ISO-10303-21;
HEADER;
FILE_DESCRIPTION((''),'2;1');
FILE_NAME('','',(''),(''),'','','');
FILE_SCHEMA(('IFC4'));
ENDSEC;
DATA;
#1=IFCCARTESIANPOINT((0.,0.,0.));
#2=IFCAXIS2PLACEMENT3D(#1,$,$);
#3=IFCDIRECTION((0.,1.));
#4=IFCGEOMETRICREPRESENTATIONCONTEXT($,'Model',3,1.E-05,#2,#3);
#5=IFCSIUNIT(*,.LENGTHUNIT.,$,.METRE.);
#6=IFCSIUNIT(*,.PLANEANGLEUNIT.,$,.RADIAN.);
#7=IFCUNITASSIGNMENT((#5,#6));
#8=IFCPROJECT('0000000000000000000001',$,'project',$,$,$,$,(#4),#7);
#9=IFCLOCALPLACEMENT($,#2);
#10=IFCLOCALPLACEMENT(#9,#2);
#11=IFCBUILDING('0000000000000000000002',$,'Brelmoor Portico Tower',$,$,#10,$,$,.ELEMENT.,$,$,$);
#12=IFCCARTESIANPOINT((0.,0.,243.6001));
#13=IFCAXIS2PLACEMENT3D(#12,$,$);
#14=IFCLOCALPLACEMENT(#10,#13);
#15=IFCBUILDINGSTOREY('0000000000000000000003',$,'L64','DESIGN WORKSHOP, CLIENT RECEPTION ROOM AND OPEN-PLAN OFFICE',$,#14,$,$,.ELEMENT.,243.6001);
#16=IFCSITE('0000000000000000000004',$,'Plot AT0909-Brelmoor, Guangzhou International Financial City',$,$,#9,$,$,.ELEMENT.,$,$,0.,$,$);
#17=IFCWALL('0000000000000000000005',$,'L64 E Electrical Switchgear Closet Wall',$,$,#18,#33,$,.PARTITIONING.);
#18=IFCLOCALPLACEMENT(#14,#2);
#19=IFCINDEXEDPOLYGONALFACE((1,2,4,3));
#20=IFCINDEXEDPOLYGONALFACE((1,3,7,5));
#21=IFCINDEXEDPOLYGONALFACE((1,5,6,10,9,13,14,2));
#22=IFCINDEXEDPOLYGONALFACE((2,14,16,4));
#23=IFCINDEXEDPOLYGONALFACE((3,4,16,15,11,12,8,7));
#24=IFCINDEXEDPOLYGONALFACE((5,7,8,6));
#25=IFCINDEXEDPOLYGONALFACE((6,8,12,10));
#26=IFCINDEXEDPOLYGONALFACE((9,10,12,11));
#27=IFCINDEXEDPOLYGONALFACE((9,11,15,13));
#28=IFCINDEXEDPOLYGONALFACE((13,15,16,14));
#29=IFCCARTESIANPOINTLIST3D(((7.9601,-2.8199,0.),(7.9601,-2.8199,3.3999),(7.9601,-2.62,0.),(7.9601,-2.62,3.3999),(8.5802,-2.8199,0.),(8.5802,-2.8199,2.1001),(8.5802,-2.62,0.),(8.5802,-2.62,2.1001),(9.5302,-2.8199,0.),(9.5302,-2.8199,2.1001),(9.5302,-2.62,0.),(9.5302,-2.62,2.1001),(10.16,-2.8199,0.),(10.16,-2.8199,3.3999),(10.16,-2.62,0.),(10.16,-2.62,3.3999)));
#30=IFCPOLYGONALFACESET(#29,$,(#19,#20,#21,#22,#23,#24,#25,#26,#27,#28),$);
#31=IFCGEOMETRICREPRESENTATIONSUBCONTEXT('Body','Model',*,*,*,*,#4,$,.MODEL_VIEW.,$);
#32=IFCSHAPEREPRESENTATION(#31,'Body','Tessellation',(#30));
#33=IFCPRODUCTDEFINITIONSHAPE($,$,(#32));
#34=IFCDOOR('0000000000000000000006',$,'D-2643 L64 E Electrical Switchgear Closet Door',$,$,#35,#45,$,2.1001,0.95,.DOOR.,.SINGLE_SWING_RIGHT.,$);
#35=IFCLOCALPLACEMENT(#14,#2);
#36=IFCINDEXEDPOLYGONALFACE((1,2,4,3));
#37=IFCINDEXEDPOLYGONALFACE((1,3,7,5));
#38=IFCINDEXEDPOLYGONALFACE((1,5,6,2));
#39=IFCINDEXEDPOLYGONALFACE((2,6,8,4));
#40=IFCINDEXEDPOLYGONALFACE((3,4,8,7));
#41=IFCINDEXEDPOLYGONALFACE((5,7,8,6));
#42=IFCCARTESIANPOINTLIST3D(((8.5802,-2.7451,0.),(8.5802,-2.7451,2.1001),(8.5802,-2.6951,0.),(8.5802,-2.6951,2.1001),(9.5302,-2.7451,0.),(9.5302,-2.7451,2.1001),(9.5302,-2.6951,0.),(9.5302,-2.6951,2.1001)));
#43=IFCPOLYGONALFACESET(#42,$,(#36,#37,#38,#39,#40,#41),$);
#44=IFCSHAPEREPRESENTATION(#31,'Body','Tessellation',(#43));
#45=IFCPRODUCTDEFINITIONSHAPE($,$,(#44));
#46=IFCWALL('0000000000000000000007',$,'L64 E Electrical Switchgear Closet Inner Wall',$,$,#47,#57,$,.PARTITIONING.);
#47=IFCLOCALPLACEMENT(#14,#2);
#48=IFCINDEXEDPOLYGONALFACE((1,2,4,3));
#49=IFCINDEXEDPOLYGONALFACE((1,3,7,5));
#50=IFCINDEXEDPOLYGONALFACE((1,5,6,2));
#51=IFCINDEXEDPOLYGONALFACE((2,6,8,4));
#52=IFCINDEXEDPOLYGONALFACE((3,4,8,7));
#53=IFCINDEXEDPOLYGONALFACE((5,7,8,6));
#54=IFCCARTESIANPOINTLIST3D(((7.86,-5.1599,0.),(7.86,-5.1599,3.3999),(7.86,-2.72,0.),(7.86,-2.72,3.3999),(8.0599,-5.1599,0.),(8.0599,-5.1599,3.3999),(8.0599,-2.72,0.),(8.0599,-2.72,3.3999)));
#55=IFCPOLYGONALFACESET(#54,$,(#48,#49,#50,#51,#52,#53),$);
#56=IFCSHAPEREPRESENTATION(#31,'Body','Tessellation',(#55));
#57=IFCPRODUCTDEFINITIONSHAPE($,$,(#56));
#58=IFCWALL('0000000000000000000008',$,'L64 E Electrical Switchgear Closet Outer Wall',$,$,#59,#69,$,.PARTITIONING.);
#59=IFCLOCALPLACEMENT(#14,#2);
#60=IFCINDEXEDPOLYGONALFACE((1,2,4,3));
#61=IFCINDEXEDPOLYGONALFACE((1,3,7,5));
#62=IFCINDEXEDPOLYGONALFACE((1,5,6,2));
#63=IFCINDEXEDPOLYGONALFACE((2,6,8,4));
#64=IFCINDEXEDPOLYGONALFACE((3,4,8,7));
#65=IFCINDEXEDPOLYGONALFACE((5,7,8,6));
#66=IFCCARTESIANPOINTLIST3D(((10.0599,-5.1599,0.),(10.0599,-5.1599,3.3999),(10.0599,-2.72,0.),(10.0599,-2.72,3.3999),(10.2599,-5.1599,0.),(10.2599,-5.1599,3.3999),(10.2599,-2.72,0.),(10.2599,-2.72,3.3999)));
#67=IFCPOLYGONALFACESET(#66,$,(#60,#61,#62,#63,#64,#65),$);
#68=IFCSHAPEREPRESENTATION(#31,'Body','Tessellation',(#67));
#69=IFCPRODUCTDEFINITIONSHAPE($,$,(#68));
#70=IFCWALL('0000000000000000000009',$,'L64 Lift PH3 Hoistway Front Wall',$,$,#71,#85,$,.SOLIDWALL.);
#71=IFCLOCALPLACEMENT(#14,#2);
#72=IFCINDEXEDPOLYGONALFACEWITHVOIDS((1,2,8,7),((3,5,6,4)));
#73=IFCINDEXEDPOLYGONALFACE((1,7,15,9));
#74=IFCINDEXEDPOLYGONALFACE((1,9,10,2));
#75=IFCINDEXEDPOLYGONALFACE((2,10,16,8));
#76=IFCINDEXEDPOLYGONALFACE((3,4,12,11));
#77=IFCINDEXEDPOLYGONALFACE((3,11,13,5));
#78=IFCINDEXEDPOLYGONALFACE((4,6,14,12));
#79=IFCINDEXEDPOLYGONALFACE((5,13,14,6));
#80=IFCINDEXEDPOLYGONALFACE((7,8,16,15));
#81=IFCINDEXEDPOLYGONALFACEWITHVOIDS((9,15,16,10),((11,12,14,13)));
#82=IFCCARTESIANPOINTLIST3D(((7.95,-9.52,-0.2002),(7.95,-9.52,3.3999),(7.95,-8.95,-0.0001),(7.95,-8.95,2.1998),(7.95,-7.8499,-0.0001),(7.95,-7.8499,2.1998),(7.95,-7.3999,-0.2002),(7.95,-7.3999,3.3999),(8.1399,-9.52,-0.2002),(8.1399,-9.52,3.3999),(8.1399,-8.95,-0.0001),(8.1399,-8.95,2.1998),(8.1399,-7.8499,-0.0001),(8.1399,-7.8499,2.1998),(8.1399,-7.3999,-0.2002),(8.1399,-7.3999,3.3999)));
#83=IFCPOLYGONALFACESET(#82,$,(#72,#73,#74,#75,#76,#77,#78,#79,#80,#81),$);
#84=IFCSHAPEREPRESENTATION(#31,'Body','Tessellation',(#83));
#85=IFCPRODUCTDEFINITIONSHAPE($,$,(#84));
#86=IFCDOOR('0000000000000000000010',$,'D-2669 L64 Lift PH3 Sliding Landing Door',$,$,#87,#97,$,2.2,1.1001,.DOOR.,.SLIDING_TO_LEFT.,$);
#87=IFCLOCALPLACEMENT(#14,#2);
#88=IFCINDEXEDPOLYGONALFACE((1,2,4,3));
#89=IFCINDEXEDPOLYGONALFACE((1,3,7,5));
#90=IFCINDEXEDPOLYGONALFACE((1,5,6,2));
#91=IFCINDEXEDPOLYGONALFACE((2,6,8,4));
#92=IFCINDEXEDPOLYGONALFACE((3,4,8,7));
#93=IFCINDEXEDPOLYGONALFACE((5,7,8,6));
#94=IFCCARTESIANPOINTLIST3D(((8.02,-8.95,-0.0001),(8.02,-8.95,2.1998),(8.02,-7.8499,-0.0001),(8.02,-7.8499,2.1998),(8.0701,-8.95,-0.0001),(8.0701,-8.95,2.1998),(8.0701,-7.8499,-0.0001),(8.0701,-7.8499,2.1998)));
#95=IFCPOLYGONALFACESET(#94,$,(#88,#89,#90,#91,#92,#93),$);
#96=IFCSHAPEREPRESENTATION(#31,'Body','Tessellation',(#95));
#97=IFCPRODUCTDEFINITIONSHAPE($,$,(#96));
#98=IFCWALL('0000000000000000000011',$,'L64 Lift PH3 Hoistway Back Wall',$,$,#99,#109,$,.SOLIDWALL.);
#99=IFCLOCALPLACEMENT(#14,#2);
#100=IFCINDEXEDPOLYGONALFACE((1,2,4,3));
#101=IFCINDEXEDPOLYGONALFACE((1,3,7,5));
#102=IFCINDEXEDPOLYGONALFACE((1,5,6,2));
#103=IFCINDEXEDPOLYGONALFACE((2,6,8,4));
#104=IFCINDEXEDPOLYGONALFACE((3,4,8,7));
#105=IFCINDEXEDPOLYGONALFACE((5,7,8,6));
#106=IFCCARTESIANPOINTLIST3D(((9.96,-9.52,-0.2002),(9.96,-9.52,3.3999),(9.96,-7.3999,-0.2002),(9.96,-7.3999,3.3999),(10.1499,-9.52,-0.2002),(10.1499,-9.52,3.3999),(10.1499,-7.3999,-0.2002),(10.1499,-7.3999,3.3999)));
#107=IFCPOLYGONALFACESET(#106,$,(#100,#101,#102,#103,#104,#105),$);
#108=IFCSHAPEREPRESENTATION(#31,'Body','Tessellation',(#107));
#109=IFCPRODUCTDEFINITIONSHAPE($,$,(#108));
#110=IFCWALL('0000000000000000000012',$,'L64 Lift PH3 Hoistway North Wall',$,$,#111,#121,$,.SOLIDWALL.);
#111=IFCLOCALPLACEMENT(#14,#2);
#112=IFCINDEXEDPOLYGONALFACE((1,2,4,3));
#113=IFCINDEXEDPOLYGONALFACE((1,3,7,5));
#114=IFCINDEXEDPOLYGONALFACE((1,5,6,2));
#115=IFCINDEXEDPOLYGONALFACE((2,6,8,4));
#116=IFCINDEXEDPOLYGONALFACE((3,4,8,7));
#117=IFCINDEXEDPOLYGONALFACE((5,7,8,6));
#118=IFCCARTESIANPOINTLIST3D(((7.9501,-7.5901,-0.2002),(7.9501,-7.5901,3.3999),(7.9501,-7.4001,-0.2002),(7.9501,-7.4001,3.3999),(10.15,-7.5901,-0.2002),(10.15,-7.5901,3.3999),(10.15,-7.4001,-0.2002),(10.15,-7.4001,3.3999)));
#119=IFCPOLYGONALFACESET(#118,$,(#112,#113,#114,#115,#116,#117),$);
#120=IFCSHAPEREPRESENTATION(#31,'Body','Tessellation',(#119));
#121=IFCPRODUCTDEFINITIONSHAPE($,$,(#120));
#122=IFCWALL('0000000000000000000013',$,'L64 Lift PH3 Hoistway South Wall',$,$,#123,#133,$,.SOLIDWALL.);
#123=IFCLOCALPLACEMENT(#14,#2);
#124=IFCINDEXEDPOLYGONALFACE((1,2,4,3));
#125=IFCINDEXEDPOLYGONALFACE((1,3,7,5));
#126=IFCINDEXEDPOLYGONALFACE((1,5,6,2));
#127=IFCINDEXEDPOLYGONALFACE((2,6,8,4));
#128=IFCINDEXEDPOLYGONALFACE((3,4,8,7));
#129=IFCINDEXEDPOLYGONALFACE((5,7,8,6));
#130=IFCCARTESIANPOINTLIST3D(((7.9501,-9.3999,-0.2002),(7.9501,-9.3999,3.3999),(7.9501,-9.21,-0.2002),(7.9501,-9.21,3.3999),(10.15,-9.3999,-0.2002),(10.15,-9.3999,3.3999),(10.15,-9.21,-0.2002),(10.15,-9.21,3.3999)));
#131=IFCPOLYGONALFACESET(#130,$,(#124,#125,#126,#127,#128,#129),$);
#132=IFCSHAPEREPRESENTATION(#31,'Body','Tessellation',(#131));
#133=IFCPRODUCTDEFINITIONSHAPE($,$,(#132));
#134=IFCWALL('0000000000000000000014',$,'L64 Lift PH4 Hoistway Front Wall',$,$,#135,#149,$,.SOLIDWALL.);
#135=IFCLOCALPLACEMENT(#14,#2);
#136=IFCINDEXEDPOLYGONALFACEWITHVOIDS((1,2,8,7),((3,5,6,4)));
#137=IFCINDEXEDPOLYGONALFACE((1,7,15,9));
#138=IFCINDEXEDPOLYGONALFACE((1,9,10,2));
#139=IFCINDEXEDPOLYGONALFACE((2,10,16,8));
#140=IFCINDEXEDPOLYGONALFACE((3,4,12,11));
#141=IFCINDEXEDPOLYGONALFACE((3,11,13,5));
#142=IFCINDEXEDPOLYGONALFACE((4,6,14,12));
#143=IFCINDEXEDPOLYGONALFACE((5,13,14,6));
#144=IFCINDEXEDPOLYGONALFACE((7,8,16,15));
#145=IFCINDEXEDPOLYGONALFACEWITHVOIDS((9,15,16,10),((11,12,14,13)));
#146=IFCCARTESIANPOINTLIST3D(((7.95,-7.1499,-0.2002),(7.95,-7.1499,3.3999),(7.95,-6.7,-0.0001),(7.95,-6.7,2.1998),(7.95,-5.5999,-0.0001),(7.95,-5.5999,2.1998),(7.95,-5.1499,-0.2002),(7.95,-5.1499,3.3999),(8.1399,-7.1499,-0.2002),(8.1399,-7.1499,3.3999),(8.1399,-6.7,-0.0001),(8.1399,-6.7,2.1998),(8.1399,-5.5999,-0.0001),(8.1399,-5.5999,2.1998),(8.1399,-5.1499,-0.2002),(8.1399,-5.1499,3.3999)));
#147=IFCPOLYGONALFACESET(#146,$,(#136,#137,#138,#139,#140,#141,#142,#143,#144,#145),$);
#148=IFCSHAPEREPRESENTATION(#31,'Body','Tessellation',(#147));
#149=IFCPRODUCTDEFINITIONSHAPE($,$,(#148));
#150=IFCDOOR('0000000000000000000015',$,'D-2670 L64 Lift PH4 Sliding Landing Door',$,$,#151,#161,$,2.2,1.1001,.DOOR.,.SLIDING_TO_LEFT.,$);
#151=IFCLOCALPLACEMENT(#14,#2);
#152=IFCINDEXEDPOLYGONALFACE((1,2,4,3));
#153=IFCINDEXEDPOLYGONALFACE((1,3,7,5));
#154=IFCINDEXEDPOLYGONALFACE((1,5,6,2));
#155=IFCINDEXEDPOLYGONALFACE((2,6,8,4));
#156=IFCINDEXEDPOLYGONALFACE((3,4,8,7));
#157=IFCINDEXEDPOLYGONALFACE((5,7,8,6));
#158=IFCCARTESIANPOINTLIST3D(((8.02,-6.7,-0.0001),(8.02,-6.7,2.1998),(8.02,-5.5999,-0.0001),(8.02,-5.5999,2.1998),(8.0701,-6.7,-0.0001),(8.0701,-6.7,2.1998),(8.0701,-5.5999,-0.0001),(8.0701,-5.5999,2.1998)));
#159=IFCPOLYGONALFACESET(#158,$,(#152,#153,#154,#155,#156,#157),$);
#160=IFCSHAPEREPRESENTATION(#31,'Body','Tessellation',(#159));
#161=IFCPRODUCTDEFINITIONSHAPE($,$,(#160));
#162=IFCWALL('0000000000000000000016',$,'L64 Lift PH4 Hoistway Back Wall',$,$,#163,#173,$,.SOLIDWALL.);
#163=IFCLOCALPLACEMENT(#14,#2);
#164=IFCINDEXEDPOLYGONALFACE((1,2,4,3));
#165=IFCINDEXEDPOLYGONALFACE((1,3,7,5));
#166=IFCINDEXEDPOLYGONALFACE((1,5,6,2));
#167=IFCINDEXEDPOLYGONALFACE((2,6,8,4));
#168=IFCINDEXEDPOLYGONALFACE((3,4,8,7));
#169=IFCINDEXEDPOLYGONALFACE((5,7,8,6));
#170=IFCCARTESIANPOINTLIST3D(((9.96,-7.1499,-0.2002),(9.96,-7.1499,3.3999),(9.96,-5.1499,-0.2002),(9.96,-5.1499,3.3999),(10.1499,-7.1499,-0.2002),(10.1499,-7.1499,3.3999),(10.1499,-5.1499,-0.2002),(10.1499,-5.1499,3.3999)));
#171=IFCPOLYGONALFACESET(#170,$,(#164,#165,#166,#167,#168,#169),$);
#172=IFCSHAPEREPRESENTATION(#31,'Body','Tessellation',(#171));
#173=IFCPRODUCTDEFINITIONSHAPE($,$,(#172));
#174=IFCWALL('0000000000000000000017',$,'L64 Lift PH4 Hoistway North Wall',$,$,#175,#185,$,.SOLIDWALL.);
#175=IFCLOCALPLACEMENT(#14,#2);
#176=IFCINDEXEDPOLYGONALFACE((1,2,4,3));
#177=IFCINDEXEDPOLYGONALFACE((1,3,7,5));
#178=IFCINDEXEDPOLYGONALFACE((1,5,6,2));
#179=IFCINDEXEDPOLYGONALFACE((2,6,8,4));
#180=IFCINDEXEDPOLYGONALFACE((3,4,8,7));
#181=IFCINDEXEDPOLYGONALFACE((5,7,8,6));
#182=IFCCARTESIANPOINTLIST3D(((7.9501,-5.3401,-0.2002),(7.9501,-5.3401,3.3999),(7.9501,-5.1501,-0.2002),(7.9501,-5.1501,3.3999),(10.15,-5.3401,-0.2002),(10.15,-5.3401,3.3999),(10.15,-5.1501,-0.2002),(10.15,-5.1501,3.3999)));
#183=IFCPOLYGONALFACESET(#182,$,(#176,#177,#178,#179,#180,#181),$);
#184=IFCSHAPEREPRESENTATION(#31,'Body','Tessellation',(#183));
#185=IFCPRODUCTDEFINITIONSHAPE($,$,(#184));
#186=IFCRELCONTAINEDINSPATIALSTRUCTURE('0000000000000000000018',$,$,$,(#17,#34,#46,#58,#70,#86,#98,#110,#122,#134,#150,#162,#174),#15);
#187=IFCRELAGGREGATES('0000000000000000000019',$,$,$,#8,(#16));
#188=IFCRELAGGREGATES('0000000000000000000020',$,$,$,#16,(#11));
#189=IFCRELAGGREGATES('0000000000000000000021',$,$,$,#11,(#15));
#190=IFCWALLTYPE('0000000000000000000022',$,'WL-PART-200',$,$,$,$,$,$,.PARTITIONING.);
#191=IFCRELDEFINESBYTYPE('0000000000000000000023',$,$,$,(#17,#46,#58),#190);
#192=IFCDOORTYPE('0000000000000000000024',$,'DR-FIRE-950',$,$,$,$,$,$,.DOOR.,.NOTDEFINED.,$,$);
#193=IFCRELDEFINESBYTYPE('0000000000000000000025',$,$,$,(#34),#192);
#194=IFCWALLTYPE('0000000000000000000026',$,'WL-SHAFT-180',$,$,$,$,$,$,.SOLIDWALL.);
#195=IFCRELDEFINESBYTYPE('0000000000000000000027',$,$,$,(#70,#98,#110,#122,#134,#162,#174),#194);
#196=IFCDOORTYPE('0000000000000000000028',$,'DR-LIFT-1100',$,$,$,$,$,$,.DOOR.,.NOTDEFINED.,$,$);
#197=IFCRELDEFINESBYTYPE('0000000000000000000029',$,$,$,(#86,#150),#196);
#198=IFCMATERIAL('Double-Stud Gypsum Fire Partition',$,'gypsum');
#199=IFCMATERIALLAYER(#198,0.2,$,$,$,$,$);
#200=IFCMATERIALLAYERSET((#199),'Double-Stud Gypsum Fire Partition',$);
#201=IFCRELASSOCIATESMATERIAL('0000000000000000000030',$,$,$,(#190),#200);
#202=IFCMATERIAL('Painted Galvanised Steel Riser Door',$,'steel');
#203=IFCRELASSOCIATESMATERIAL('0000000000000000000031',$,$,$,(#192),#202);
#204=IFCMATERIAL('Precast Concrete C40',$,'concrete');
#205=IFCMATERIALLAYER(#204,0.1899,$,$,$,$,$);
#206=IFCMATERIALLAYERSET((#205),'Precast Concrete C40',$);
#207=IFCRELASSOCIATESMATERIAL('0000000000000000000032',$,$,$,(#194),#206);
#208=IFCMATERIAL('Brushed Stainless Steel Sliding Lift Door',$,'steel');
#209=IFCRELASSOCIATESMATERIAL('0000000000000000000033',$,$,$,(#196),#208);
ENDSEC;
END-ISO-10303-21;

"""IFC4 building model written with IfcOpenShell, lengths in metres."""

from ifc_helpers import new_model, si_unit, direction, frame, frame_2d, origin, place, context, subcontext, project, spatial, rectangle, extrude, material, layer, layer_set, type_object, element, fill, save


model = new_model("IFC4")

# Units and contexts
model_context = context("Model", 3, precision=1e-05, world=origin(), true_north=direction((0.0, 1.0)))
body_context = subcontext(model_context, "Body", "Model", "MODEL_VIEW")
ifc_project = project(units=[si_unit("LENGTHUNIT", "METRE"), si_unit("PLANEANGLEUNIT", "RADIAN")], contexts=[model_context])

# Site, building, storey
site_placement = place(None, origin())
site = spatial("IfcSite", under=ifc_project, at=site_placement, Name="Plot AT0909-Brelmoor, Guangzhou International Financial City", CompositionType="ELEMENT", RefElevation=0.0)
building_placement = place(site_placement, origin())
building = spatial("IfcBuilding", under=site, at=building_placement, Name="Brelmoor Portico Tower", CompositionType="ELEMENT")
storey_placement = place(building_placement, frame((0.0, 0.0, 243.6001)))
storey = spatial("IfcBuildingStorey", under=building, at=storey_placement, Name="L64", Description="DESIGN WORKSHOP, CLIENT RECEPTION ROOM AND OPEN-PLAN OFFICE", CompositionType="ELEMENT", Elevation=243.6001)

# Shared definitions
ifc_material_1 = material(Name="Double-Stud Gypsum Fire Partition", Category="gypsum")
ifc_layer_1 = layer(ifc_material_1, 0.2)
ifc_layer_set_1 = layer_set([ifc_layer_1], Name="Double-Stud Gypsum Fire Partition")
wall_type_1 = type_object("IfcWallType", Name="WL-PART-200", PredefinedType="PARTITIONING", material=ifc_layer_set_1)

# Wall, opening, door
wall_1_placement = place(storey_placement, frame((7.96, -2.72, 0.0), z_axis=(0.0, 0.0, 1.0), x_axis=(1.0, 0.0, 0.0)))
wall_1 = element("IfcWall", 1, at=wall_1_placement, inside=storey, type_object=wall_type_1, Name="L64 E Electrical Switchgear Closet Wall", PredefinedType="PARTITIONING", context=body_context, shape_type="SweptSolid", body=[
    extrude(rectangle(XDim=2.2, YDim=0.2, at=frame_2d((1.1001, 0.0))), origin(), (0.0, 0.0, 1.0), 3.3999),
])
opening_1_placement = place(wall_1_placement, frame((0.6201, 0.0, 0.0)))
opening_1 = element("IfcOpeningElement", 2, at=opening_1_placement, cuts=wall_1, PredefinedType="OPENING", context=body_context, shape_type="SweptSolid", body=[
    extrude(rectangle(XDim=0.95, YDim=2.1001, at=frame_2d((0.4751, 1.05))), frame((0.0, 0.1099, 0.0), z_axis=(0.0, -1.0, 0.0), x_axis=(1.0, 0.0, 0.0)), (0.0, 0.0, 1.0), 0.22),
])
ifc_material_2 = material(Name="Painted Galvanised Steel Riser Door", Category="steel")
door_type_1 = type_object("IfcDoorType", Name="DR-FIRE-950", OperationType="NOTDEFINED", PredefinedType="DOOR", material=ifc_material_2)
door_1_placement = place(opening_1_placement, origin())
door_1 = element("IfcDoor", 3, at=door_1_placement, inside=storey, type_object=door_type_1, Name="D-2643 L64 E Electrical Switchgear Closet Door", OperationType="SINGLE_SWING_RIGHT", OverallHeight=2.1001, OverallWidth=0.95, PredefinedType="DOOR", context=body_context, shape_type="SweptSolid", body=[
    extrude(rectangle(XDim=0.95, YDim=2.1001, at=frame_2d((0.4751, 1.05))), frame((0.0, 0.0249, 0.0), z_axis=(0.0, -1.0, 0.0), x_axis=(1.0, 0.0, 0.0)), (0.0, 0.0, 1.0), 0.05),
])
fill(opening_1, door_1)

# Walls
for number, where, z_axis, x_axis, name in (
    (4, (7.96, -5.1599, 0.0), (0.0, 0.0, 1.0), (0.0, 1.0, 0.0), "L64 E Electrical Switchgear Closet Inner Wall"),
    (5, (10.1599, -5.1599, 0.0), (0.0, 0.0, 1.0), (0.0, 1.0, 0.0), "L64 E Electrical Switchgear Closet Outer Wall"),
):
    element("IfcWall", number, at=place(storey_placement, frame(where, z_axis=z_axis, x_axis=x_axis)), inside=storey, type_object=wall_type_1, Name=name, PredefinedType="PARTITIONING", context=body_context, shape_type="SweptSolid", body=[
        extrude(rectangle(XDim=2.4399, YDim=0.2, at=frame_2d((1.22, 0.0))), origin(), (0.0, 0.0, 1.0), 3.3999),
    ])

# Wall, opening, door
ifc_material_3 = material(Name="Precast Concrete C40", Category="concrete")
ifc_layer_2 = layer(ifc_material_3, 0.1899)
ifc_layer_set_2 = layer_set([ifc_layer_2], Name="Precast Concrete C40")
wall_type_2 = type_object("IfcWallType", Name="WL-SHAFT-180", PredefinedType="SOLIDWALL", material=ifc_layer_set_2)
wall_2_placement = place(storey_placement, frame((8.0449, -9.52, -0.2002), z_axis=(0.0, 0.0, 1.0), x_axis=(0.0, 1.0, 0.0)))
wall_2 = element("IfcWall", 6, at=wall_2_placement, inside=storey, type_object=wall_type_2, Name="L64 Lift PH3 Hoistway Front Wall", PredefinedType="SOLIDWALL", context=body_context, shape_type="SweptSolid", body=[
    extrude(rectangle(XDim=2.1201, YDim=0.1899, at=frame_2d((1.0601, 0.0))), origin(), (0.0, 0.0, 1.0), 3.6001),
])
opening_2_placement = place(wall_2_placement, frame((0.5701, 0.0, 0.2)))
opening_2 = element("IfcOpeningElement", 7, at=opening_2_placement, cuts=wall_2, PredefinedType="OPENING", context=body_context, shape_type="SweptSolid", body=[
    extrude(rectangle(XDim=1.1001, YDim=2.2, at=frame_2d((0.55, 1.1001))), frame((0.0, 0.105, 0.0), z_axis=(0.0, -1.0, 0.0), x_axis=(1.0, 0.0, 0.0)), (0.0, 0.0, 1.0), 0.21),
])
ifc_material_4 = material(Name="Brushed Stainless Steel Sliding Lift Door", Category="steel")
door_type_2 = type_object("IfcDoorType", Name="DR-LIFT-1100", OperationType="NOTDEFINED", PredefinedType="DOOR", material=ifc_material_4)
door_2_placement = place(opening_2_placement, origin())
door_2 = element("IfcDoor", 8, at=door_2_placement, inside=storey, type_object=door_type_2, Name="D-2669 L64 Lift PH3 Sliding Landing Door", OperationType="SLIDING_TO_LEFT", OverallHeight=2.2, OverallWidth=1.1001, PredefinedType="DOOR", context=body_context, shape_type="SweptSolid", body=[
    extrude(rectangle(XDim=1.1001, YDim=2.2, at=frame_2d((0.55, 1.1001))), frame((0.0, 0.0249, 0.0), z_axis=(0.0, -1.0, 0.0), x_axis=(1.0, 0.0, 0.0)), (0.0, 0.0, 1.0), 0.05),
])
fill(opening_2, door_2)

# Walls
wall_3_placement = place(storey_placement, frame((10.0549, -9.52, -0.2002), z_axis=(0.0, 0.0, 1.0), x_axis=(0.0, 1.0, 0.0)))
element("IfcWall", 9, at=wall_3_placement, inside=storey, type_object=wall_type_2, Name="L64 Lift PH3 Hoistway Back Wall", PredefinedType="SOLIDWALL", context=body_context, shape_type="SweptSolid", body=[
    extrude(rectangle(XDim=2.1201, YDim=0.1899, at=frame_2d((1.0601, 0.0))), origin(), (0.0, 0.0, 1.0), 3.6001),
])
for number, where, z_axis, x_axis, name in (
    (10, (7.95, -7.4951, -0.2002), (0.0, 0.0, 1.0), (1.0, 0.0, 0.0), "L64 Lift PH3 Hoistway North Wall"),
    (11, (7.95, -9.3049, -0.2002), (0.0, 0.0, 1.0), (1.0, 0.0, 0.0), "L64 Lift PH3 Hoistway South Wall"),
):
    element("IfcWall", number, at=place(storey_placement, frame(where, z_axis=z_axis, x_axis=x_axis)), inside=storey, type_object=wall_type_2, Name=name, PredefinedType="SOLIDWALL", context=body_context, shape_type="SweptSolid", body=[
        extrude(rectangle(XDim=2.2, YDim=0.1899, at=frame_2d((1.1001, 0.0))), origin(), (0.0, 0.0, 1.0), 3.6001),
    ])

# Wall, opening, door
wall_4_placement = place(storey_placement, frame((8.0449, -7.1499, -0.2002), z_axis=(0.0, 0.0, 1.0), x_axis=(0.0, 1.0, 0.0)))
wall_4 = element("IfcWall", 12, at=wall_4_placement, inside=storey, type_object=wall_type_2, Name="L64 Lift PH4 Hoistway Front Wall", PredefinedType="SOLIDWALL", context=body_context, shape_type="SweptSolid", body=[
    extrude(rectangle(XDim=2.0, YDim=0.1899, at=frame_2d((1.0, 0.0))), origin(), (0.0, 0.0, 1.0), 3.6001),
])
opening_3_placement = place(wall_4_placement, frame((0.45, 0.0, 0.2)))
opening_3 = element("IfcOpeningElement", 13, at=opening_3_placement, cuts=wall_4, PredefinedType="OPENING", context=body_context, shape_type="SweptSolid", body=[
    extrude(rectangle(XDim=1.1001, YDim=2.2, at=frame_2d((0.55, 1.1001))), frame((0.0, 0.105, 0.0), z_axis=(0.0, -1.0, 0.0), x_axis=(1.0, 0.0, 0.0)), (0.0, 0.0, 1.0), 0.21),
])
door_3_placement = place(opening_3_placement, origin())
door_3 = element("IfcDoor", 14, at=door_3_placement, inside=storey, type_object=door_type_2, Name="D-2670 L64 Lift PH4 Sliding Landing Door", OperationType="SLIDING_TO_LEFT", OverallHeight=2.2, OverallWidth=1.1001, PredefinedType="DOOR", context=body_context, shape_type="SweptSolid", body=[
    extrude(rectangle(XDim=1.1001, YDim=2.2, at=frame_2d((0.55, 1.1001))), frame((0.0, 0.0249, 0.0), z_axis=(0.0, -1.0, 0.0), x_axis=(1.0, 0.0, 0.0)), (0.0, 0.0, 1.0), 0.05),
])
fill(opening_3, door_3)

# Walls
wall_5_placement = place(storey_placement, frame((10.0549, -7.1499, -0.2002), z_axis=(0.0, 0.0, 1.0), x_axis=(0.0, 1.0, 0.0)))
element("IfcWall", 15, at=wall_5_placement, inside=storey, type_object=wall_type_2, Name="L64 Lift PH4 Hoistway Back Wall", PredefinedType="SOLIDWALL", context=body_context, shape_type="SweptSolid", body=[
    extrude(rectangle(XDim=2.0, YDim=0.1899, at=frame_2d((1.0, 0.0))), origin(), (0.0, 0.0, 1.0), 3.6001),
])
for number, where, z_axis, x_axis, name in (
    (16, (7.95, -5.2451, -0.2002), (0.0, 0.0, 1.0), (1.0, 0.0, 0.0), "L64 Lift PH4 Hoistway North Wall"),
):
    element("IfcWall", number, at=place(storey_placement, frame(where, z_axis=z_axis, x_axis=x_axis)), inside=storey, type_object=wall_type_2, Name=name, PredefinedType="SOLIDWALL", context=body_context, shape_type="SweptSolid", body=[
        extrude(rectangle(XDim=2.2, YDim=0.1899, at=frame_2d((1.1001, 0.0))), origin(), (0.0, 0.0, 1.0), 3.6001),
    ])

save(model, "model.ifc")
